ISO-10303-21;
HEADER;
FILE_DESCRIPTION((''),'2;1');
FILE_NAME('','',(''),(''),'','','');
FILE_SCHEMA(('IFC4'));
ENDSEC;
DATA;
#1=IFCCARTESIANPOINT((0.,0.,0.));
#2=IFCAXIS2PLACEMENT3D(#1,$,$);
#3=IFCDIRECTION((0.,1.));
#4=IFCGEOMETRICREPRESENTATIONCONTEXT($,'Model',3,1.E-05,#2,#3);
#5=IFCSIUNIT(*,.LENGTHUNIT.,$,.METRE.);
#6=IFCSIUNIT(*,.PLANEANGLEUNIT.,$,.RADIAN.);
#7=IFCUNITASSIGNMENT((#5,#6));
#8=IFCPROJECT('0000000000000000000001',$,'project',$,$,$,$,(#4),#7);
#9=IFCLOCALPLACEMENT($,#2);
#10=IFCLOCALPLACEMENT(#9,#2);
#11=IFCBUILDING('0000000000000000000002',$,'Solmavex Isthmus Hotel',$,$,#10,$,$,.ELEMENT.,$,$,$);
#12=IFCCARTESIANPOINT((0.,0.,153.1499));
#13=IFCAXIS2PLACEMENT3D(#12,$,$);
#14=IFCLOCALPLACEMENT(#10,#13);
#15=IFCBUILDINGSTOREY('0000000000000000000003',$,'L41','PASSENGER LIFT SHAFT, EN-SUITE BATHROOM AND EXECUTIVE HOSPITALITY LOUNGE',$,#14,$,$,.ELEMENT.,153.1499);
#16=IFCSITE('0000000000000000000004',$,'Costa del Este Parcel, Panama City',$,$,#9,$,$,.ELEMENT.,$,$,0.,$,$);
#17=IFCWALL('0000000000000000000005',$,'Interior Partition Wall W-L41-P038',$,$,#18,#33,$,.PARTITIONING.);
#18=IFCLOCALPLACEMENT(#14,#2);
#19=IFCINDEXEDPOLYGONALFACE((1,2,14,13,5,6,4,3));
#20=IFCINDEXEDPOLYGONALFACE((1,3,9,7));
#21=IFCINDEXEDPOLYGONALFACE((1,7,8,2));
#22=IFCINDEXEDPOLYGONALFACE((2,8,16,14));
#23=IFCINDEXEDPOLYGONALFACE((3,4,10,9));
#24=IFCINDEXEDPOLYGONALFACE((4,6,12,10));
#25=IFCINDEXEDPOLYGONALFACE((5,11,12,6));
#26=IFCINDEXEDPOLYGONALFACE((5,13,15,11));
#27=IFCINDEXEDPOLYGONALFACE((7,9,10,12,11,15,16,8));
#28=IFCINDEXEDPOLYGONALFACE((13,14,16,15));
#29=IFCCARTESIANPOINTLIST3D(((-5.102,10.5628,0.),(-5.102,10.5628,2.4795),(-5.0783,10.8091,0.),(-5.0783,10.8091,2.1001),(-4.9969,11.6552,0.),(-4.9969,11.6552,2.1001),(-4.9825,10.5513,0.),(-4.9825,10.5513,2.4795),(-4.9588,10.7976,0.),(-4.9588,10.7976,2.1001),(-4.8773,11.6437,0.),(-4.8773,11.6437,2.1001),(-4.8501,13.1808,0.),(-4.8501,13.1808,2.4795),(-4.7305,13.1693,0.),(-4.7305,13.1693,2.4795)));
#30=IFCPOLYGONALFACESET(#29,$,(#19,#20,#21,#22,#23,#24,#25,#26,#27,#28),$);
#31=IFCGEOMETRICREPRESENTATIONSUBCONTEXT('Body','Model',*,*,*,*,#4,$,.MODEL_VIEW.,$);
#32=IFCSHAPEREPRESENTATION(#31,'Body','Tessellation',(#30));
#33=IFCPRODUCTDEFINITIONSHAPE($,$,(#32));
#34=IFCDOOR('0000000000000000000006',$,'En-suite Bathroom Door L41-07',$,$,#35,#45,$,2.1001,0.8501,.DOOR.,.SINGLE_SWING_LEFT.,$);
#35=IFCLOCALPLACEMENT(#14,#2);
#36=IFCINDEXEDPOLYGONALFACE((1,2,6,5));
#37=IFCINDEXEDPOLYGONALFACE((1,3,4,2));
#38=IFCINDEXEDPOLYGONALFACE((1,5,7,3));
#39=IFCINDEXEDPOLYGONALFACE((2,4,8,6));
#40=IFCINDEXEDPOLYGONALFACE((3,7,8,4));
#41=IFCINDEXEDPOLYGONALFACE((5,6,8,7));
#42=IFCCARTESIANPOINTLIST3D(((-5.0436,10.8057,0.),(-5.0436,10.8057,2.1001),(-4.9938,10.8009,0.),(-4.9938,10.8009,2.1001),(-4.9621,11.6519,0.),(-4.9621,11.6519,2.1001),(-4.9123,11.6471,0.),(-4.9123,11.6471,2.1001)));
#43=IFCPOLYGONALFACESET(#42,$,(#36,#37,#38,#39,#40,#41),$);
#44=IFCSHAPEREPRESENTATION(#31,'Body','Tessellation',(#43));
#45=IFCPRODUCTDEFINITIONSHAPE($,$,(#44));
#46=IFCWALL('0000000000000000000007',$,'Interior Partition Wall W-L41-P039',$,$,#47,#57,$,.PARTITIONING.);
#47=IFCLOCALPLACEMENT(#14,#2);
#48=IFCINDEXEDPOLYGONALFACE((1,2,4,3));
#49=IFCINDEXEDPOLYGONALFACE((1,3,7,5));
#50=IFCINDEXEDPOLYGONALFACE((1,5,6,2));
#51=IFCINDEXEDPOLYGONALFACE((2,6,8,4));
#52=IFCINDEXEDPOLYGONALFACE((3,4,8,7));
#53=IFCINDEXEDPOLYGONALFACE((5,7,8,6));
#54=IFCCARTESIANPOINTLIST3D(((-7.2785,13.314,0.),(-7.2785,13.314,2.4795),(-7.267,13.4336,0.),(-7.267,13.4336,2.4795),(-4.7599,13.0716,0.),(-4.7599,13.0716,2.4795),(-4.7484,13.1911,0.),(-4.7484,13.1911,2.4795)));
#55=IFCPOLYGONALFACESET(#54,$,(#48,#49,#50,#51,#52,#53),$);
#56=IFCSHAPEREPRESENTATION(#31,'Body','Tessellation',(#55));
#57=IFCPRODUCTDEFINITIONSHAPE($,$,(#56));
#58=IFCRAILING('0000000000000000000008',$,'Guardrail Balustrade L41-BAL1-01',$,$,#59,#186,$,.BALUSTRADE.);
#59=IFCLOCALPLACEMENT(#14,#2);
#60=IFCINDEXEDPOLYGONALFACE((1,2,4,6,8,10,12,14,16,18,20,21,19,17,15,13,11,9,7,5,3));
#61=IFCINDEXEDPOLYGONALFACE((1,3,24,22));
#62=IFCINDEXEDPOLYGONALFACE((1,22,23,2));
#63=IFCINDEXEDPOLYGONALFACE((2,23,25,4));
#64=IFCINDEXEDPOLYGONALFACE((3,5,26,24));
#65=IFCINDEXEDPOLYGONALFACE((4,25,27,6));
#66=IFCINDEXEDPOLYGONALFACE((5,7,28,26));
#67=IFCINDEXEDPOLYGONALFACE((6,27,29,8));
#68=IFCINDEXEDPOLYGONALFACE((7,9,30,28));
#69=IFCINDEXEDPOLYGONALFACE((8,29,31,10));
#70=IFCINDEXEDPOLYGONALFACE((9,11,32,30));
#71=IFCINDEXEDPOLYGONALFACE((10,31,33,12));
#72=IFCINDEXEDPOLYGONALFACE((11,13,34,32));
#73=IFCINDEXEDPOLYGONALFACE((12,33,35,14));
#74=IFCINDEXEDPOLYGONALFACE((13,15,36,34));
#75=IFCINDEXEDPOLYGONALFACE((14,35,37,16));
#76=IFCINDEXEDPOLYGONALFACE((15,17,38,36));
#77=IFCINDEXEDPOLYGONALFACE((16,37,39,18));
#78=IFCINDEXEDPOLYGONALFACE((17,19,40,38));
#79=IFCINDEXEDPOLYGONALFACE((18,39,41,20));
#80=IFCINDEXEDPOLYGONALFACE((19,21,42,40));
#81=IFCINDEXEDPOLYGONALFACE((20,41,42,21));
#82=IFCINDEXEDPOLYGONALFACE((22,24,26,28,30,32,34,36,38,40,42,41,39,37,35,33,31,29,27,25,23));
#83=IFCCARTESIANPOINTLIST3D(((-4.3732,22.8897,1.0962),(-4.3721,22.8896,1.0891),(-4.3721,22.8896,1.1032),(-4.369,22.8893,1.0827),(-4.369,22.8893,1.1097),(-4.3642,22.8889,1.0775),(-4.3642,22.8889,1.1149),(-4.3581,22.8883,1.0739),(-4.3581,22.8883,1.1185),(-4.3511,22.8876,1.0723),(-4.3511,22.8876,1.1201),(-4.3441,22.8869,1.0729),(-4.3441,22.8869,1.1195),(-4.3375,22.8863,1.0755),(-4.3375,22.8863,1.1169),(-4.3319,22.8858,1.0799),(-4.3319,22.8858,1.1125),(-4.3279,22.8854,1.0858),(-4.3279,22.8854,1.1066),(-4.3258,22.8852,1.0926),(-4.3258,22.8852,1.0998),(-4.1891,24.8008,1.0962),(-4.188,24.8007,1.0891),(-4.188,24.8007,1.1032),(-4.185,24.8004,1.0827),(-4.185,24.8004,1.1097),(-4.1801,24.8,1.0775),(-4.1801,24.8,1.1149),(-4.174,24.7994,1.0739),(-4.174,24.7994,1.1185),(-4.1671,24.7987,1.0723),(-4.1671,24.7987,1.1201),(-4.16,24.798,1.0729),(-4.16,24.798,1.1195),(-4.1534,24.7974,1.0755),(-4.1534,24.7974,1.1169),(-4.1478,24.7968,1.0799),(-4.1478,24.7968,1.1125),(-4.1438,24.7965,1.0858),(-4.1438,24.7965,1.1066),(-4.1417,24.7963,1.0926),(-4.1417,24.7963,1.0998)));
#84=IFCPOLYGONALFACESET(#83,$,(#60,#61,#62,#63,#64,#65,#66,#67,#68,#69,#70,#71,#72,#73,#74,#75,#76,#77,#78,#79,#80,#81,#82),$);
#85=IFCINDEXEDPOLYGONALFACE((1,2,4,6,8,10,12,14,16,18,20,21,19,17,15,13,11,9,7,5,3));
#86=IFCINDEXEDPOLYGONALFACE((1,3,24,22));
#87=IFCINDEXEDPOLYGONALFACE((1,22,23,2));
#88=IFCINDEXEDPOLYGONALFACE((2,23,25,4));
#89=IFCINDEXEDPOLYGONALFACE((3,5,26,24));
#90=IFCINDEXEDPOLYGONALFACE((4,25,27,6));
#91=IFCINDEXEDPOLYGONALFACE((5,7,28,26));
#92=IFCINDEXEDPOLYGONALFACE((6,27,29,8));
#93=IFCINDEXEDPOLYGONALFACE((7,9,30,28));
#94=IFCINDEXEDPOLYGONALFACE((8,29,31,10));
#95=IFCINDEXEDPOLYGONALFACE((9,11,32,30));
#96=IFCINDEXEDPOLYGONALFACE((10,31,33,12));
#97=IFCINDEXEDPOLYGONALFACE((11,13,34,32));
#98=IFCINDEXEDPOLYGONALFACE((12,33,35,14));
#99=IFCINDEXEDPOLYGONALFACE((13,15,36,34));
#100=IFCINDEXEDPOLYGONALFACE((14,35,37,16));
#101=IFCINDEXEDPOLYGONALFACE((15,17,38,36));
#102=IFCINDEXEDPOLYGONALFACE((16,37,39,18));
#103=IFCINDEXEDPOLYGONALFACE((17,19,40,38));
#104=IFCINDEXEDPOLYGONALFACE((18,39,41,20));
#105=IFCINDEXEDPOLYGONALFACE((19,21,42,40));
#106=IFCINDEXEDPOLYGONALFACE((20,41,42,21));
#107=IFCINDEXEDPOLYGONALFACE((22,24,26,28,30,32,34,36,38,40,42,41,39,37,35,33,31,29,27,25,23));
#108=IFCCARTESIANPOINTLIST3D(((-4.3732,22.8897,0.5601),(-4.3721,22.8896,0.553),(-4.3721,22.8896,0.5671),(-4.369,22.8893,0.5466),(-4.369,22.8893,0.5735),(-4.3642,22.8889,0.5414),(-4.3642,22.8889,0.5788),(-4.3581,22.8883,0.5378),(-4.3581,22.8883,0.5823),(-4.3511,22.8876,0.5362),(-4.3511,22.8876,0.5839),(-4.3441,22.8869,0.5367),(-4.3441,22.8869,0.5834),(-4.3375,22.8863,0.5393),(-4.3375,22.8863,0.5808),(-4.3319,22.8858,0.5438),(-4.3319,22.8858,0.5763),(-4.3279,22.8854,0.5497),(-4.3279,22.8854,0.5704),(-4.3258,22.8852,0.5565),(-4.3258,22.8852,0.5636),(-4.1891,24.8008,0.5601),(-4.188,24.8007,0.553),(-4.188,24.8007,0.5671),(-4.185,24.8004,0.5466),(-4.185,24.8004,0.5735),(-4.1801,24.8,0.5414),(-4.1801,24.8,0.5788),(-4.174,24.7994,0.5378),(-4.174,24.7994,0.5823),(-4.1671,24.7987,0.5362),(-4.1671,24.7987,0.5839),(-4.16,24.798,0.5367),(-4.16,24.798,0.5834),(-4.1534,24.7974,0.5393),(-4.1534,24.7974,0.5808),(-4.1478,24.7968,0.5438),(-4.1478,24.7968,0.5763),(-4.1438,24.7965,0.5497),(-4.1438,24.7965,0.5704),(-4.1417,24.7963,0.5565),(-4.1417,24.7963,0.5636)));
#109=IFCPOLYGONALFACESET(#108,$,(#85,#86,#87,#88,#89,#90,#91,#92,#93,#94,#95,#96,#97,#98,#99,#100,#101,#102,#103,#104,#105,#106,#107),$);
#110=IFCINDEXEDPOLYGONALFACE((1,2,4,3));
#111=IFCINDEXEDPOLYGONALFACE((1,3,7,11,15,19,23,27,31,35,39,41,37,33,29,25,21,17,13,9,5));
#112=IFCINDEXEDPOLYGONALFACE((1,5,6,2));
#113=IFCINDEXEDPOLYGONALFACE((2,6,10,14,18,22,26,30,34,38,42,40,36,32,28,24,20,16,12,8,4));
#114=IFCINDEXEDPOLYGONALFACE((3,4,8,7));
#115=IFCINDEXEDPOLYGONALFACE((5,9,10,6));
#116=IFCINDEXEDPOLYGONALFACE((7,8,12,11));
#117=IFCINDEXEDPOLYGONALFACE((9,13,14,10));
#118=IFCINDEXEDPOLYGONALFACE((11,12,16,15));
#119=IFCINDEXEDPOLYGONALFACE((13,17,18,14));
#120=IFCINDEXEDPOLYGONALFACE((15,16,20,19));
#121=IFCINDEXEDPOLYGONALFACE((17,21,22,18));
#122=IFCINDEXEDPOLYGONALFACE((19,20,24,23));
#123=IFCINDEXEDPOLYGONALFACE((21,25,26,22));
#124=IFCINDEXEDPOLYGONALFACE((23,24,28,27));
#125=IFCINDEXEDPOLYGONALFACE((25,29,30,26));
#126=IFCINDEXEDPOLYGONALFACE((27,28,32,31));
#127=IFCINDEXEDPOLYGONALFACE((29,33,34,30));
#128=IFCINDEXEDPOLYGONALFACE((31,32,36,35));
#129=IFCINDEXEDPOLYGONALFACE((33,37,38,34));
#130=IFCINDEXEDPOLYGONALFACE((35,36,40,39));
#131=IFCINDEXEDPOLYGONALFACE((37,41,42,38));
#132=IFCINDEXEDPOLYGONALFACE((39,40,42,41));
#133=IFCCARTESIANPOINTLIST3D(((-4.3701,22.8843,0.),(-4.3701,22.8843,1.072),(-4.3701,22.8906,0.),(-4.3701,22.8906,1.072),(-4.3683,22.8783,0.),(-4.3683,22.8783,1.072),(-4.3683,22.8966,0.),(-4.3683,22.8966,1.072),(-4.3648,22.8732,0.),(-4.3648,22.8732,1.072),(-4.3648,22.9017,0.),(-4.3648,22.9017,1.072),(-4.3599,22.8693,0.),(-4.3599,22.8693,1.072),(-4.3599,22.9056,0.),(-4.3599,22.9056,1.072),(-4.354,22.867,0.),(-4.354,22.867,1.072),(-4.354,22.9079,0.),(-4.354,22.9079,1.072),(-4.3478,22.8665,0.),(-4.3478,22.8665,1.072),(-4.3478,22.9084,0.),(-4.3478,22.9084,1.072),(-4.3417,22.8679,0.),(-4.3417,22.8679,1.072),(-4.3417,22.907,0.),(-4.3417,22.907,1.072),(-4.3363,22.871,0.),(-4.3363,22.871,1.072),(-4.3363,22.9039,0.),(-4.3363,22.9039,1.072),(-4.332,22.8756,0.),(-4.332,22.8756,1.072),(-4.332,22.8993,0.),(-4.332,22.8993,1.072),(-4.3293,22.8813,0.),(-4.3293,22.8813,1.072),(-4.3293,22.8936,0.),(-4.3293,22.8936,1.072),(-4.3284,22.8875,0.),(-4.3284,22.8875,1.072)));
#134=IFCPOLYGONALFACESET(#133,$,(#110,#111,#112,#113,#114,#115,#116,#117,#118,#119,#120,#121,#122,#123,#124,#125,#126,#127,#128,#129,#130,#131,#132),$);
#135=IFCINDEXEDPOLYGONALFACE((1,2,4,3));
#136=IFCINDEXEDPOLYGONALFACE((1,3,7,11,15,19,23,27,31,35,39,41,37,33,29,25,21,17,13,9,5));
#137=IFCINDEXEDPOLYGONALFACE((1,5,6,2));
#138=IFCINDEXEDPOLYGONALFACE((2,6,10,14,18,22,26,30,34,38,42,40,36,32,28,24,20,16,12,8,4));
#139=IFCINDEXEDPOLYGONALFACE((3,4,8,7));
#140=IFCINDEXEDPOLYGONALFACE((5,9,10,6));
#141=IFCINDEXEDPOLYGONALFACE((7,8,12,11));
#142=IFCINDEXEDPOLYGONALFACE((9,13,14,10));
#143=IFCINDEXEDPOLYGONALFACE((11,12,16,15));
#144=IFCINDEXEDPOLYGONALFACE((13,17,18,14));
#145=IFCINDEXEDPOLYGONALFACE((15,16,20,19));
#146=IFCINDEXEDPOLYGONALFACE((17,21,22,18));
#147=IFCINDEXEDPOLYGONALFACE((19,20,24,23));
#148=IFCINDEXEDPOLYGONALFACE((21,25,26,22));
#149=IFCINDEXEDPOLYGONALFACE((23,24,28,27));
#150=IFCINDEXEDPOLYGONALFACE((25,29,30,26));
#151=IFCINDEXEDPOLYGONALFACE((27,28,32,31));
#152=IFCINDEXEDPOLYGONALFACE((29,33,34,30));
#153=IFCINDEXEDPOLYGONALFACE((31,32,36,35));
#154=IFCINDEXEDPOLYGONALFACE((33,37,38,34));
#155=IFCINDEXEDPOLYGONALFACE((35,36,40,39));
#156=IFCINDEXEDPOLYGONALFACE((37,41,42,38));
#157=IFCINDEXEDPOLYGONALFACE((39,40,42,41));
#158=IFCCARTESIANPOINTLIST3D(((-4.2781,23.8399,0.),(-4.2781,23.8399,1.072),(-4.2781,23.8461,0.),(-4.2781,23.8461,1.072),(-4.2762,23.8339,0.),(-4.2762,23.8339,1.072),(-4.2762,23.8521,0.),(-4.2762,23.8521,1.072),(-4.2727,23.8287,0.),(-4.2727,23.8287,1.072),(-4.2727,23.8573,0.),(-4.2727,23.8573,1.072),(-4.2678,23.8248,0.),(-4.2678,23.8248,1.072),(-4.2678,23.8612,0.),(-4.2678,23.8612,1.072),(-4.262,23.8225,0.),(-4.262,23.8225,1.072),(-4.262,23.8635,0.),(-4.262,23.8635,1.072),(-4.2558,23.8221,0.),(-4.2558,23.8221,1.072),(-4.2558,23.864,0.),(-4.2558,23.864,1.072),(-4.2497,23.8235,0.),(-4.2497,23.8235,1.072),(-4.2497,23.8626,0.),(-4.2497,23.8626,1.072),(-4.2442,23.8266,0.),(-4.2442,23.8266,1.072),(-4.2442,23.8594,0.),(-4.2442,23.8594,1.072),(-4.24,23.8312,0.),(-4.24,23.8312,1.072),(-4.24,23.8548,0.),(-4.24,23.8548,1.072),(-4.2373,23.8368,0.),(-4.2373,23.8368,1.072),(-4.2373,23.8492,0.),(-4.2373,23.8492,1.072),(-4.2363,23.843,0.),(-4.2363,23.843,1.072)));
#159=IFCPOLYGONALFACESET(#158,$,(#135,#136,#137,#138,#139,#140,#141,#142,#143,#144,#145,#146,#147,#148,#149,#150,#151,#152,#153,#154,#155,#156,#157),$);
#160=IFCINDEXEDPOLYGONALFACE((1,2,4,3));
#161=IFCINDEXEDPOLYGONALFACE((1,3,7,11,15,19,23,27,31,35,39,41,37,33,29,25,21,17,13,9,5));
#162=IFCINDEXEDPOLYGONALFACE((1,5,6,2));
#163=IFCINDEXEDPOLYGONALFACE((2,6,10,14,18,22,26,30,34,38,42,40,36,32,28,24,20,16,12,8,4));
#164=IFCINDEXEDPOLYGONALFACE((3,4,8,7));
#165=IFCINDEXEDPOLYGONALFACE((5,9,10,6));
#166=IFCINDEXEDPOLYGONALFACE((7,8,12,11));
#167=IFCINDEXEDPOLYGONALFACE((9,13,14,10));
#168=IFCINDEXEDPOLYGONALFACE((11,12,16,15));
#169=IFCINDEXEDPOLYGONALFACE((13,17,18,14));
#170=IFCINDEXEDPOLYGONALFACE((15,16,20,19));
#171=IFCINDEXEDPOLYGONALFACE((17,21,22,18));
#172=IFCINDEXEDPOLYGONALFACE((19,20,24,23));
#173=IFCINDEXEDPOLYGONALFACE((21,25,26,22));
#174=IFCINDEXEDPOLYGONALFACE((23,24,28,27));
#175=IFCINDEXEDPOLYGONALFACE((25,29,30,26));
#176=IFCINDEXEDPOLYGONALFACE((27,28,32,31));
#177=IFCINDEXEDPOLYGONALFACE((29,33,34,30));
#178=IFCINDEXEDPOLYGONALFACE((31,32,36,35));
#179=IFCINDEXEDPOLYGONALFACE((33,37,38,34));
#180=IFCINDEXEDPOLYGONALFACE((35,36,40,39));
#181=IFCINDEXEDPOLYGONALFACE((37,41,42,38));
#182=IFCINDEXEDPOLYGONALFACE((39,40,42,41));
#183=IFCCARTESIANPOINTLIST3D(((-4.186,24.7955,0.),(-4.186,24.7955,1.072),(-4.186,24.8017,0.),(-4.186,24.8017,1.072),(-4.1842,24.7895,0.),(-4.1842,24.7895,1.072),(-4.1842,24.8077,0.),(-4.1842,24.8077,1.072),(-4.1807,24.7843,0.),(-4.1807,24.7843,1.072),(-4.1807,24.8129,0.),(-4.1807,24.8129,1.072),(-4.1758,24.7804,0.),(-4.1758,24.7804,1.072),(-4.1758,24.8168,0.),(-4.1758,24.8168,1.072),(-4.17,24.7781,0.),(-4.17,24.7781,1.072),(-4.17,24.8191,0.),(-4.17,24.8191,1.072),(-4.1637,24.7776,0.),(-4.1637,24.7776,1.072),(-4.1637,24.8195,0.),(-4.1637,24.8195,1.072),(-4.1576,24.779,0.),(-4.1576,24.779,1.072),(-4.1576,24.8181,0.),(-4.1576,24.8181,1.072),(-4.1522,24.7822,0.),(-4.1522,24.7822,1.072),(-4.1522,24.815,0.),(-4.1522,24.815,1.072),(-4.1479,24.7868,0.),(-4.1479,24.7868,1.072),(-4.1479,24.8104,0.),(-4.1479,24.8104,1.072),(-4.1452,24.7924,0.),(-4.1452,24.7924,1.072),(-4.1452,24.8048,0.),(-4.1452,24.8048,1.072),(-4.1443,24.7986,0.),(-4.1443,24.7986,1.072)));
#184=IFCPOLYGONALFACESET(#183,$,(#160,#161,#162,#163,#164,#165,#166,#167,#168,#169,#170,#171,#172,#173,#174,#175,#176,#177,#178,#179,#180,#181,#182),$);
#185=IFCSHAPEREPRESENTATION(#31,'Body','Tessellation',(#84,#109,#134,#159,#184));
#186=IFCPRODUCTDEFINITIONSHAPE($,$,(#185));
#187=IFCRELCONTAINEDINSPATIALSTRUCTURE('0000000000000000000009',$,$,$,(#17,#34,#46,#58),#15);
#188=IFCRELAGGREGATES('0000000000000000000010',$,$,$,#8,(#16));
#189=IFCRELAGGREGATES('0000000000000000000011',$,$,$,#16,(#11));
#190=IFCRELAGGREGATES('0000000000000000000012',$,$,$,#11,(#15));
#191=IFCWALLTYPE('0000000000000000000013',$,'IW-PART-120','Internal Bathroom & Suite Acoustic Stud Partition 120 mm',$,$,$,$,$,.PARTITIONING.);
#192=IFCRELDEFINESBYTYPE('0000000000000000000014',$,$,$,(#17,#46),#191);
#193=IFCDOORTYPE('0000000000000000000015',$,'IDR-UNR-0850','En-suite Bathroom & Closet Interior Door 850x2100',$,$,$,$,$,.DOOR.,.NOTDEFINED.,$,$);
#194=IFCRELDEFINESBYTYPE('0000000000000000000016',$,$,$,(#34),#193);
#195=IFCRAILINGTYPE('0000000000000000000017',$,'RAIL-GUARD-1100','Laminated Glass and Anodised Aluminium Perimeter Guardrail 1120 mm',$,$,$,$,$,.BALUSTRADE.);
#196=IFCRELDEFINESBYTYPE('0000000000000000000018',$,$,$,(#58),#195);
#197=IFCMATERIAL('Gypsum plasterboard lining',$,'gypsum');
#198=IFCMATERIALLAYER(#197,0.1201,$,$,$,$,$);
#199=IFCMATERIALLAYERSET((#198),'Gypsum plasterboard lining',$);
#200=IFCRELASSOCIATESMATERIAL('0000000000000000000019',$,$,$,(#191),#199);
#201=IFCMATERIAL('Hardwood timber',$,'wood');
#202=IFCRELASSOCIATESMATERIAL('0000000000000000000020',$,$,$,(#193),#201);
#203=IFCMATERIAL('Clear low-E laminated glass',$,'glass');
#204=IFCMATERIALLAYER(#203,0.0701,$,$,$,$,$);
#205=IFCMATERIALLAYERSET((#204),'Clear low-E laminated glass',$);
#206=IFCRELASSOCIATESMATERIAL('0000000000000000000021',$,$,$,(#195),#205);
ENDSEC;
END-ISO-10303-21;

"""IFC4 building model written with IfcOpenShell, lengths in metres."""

from ifc_helpers import new_model, si_unit, direction, frame, frame_2d, origin, origin_2d, place, context, subcontext, project, spatial, rectangle, circle, extrude, material, layer, layer_set, type_object, element, fill, save


model = new_model("IFC4")

# Units and contexts
model_context = context("Model", 3, precision=1e-05, world=origin(), true_north=direction((0.0, 1.0)))
body_context = subcontext(model_context, "Body", "Model", "MODEL_VIEW")
ifc_project = project(units=[si_unit("LENGTHUNIT", "METRE"), si_unit("PLANEANGLEUNIT", "RADIAN")], contexts=[model_context])

# Site, building, storey
site_placement = place(None, origin())
site = spatial("IfcSite", under=ifc_project, at=site_placement, Name="Costa del Este Parcel, Panama City", CompositionType="ELEMENT", RefElevation=0.0)
building_placement = place(site_placement, origin())
building = spatial("IfcBuilding", under=site, at=building_placement, Name="Solmavex Isthmus Hotel", CompositionType="ELEMENT")
storey_placement = place(building_placement, frame((0.0, 0.0, 153.1499)))
storey = spatial("IfcBuildingStorey", under=building, at=storey_placement, Name="L41", Description="PASSENGER LIFT SHAFT, EN-SUITE BATHROOM AND EXECUTIVE HOSPITALITY LOUNGE", CompositionType="ELEMENT", Elevation=153.1499)

# Shared definitions
ifc_material_1 = material(Name="Clear low-E laminated glass", Category="glass")

# Shared definitions
ifc_material_2 = material(Name="Gypsum plasterboard lining", Category="gypsum")

# Shared definitions
ifc_material_3 = material(Name="Hardwood timber", Category="wood")

# Shared definitions
ifc_layer_1 = layer(ifc_material_2, 0.1201)
ifc_layer_set_1 = layer_set([ifc_layer_1], Name="Gypsum plasterboard lining")
wall_type_1 = type_object("IfcWallType", Name="IW-PART-120", Description="Internal Bathroom & Suite Acoustic Stud Partition 120 mm", PredefinedType="PARTITIONING", material=ifc_layer_set_1)

# Wall, opening, door
wall_1_placement = place(storey_placement, frame((-5.0422, 10.5571, 0.0), z_axis=(0.0, 0.0, 1.0), x_axis=(0.095799, 0.995401, 0.0)))
wall_1 = element("IfcWall", 1, at=wall_1_placement, inside=storey, type_object=wall_type_1, Name="Interior Partition Wall W-L41-P038", PredefinedType="PARTITIONING", context=body_context, shape_type="SweptSolid", body=[
    extrude(rectangle(XDim=2.6301, YDim=0.1201, at=frame_2d((1.3149, 0.0))), origin(), (0.0, 0.0, 1.0), 2.4795),
])
opening_1_placement = place(wall_1_placement, frame((0.2473, 0.0, 0.0)))
opening_1 = element("IfcOpeningElement", 2, at=opening_1_placement, cuts=wall_1, PredefinedType="OPENING", context=body_context, shape_type="SweptSolid", body=[
    extrude(rectangle(XDim=0.8501, YDim=2.1001, at=frame_2d((0.425, 1.05))), frame((0.0, 0.0701, 0.0), z_axis=(0.0, -1.0, 0.0), x_axis=(1.0, 0.0, 0.0)), (0.0, 0.0, 1.0), 0.1401),
])
door_type_1 = type_object("IfcDoorType", Name="IDR-UNR-0850", Description="En-suite Bathroom & Closet Interior Door 850x2100", OperationType="NOTDEFINED", PredefinedType="DOOR", material=ifc_material_3)
door_1_placement = place(opening_1_placement, frame((0.8501, 0.0, 0.0), z_axis=(0.0, 0.0, 1.0), x_axis=(-1.0, 0.0, 0.0)))
door_1 = element("IfcDoor", 3, at=door_1_placement, inside=storey, type_object=door_type_1, Name="En-suite Bathroom Door L41-07", OperationType="SINGLE_SWING_LEFT", OverallHeight=2.1001, OverallWidth=0.8501, PredefinedType="DOOR", context=body_context, shape_type="SweptSolid", body=[
    extrude(rectangle(XDim=0.8501, YDim=2.1001, at=frame_2d((0.425, 1.05))), frame((0.0, 0.0249, 0.0), z_axis=(0.0, -1.0, 0.0), x_axis=(1.0, 0.0, 0.0)), (0.0, 0.0, 1.0), 0.05),
])
fill(opening_1, door_1)

# Wall
wall_2_placement = place(storey_placement, frame((-4.7542, 13.1313, 0.0), z_axis=(0.0, 0.0, 1.0), x_axis=(-0.995399, 0.095815, 0.0)))
element("IfcWall", 4, at=wall_2_placement, inside=storey, type_object=wall_type_1, Name="Interior Partition Wall W-L41-P039", PredefinedType="PARTITIONING", context=body_context, shape_type="SweptSolid", body=[
    extrude(rectangle(XDim=2.5303, YDim=0.1201, at=frame_2d((1.2651, 0.0))), origin(), (0.0, 0.0, 1.0), 2.4795),
])

# Railing
ifc_layer_2 = layer(ifc_material_1, 0.0701)
ifc_layer_set_2 = layer_set([ifc_layer_2], Name="Clear low-E laminated glass")
railing_type = type_object("IfcRailingType", Name="RAIL-GUARD-1100", Description="Laminated Glass and Anodised Aluminium Perimeter Guardrail 1120 mm", PredefinedType="BALUSTRADE", material=ifc_layer_set_2)
railing_1_placement = place(storey_placement, frame((-4.3494, 22.8875, 0.0)))
element("IfcRailing", 5, at=railing_1_placement, inside=storey, type_object=railing_type, Name="Guardrail Balustrade L41-BAL1-01", PredefinedType="BALUSTRADE", context=body_context, shape_type="SweptSolid", body=[
    extrude(circle(Radius=0.0239, at=origin_2d()), frame((0.0, 0.0, 1.0962), z_axis=(0.095877, 0.995393, 0.0), x_axis=(-0.995393, 0.095877, 0.0)), (0.0, 0.0, 1.0), 1.9199),
    extrude(circle(Radius=0.0239, at=origin_2d()), frame((0.0, 0.0, 0.5601), z_axis=(0.095877, 0.995393, 0.0), x_axis=(-0.995393, 0.095877, 0.0)), (0.0, 0.0, 1.0), 1.9199),
    extrude(circle(Radius=0.021, at=origin_2d()), origin(), (0.0, 0.0, 1.0), 1.072),
    extrude(circle(Radius=0.021, at=origin_2d()), frame((0.092, 0.9556, 0.0)), (0.0, 0.0, 1.0), 1.072),
    extrude(circle(Radius=0.021, at=origin_2d()), frame((0.1841, 1.9111, 0.0)), (0.0, 0.0, 1.0), 1.072),
])

save(model, "model.ifc")
